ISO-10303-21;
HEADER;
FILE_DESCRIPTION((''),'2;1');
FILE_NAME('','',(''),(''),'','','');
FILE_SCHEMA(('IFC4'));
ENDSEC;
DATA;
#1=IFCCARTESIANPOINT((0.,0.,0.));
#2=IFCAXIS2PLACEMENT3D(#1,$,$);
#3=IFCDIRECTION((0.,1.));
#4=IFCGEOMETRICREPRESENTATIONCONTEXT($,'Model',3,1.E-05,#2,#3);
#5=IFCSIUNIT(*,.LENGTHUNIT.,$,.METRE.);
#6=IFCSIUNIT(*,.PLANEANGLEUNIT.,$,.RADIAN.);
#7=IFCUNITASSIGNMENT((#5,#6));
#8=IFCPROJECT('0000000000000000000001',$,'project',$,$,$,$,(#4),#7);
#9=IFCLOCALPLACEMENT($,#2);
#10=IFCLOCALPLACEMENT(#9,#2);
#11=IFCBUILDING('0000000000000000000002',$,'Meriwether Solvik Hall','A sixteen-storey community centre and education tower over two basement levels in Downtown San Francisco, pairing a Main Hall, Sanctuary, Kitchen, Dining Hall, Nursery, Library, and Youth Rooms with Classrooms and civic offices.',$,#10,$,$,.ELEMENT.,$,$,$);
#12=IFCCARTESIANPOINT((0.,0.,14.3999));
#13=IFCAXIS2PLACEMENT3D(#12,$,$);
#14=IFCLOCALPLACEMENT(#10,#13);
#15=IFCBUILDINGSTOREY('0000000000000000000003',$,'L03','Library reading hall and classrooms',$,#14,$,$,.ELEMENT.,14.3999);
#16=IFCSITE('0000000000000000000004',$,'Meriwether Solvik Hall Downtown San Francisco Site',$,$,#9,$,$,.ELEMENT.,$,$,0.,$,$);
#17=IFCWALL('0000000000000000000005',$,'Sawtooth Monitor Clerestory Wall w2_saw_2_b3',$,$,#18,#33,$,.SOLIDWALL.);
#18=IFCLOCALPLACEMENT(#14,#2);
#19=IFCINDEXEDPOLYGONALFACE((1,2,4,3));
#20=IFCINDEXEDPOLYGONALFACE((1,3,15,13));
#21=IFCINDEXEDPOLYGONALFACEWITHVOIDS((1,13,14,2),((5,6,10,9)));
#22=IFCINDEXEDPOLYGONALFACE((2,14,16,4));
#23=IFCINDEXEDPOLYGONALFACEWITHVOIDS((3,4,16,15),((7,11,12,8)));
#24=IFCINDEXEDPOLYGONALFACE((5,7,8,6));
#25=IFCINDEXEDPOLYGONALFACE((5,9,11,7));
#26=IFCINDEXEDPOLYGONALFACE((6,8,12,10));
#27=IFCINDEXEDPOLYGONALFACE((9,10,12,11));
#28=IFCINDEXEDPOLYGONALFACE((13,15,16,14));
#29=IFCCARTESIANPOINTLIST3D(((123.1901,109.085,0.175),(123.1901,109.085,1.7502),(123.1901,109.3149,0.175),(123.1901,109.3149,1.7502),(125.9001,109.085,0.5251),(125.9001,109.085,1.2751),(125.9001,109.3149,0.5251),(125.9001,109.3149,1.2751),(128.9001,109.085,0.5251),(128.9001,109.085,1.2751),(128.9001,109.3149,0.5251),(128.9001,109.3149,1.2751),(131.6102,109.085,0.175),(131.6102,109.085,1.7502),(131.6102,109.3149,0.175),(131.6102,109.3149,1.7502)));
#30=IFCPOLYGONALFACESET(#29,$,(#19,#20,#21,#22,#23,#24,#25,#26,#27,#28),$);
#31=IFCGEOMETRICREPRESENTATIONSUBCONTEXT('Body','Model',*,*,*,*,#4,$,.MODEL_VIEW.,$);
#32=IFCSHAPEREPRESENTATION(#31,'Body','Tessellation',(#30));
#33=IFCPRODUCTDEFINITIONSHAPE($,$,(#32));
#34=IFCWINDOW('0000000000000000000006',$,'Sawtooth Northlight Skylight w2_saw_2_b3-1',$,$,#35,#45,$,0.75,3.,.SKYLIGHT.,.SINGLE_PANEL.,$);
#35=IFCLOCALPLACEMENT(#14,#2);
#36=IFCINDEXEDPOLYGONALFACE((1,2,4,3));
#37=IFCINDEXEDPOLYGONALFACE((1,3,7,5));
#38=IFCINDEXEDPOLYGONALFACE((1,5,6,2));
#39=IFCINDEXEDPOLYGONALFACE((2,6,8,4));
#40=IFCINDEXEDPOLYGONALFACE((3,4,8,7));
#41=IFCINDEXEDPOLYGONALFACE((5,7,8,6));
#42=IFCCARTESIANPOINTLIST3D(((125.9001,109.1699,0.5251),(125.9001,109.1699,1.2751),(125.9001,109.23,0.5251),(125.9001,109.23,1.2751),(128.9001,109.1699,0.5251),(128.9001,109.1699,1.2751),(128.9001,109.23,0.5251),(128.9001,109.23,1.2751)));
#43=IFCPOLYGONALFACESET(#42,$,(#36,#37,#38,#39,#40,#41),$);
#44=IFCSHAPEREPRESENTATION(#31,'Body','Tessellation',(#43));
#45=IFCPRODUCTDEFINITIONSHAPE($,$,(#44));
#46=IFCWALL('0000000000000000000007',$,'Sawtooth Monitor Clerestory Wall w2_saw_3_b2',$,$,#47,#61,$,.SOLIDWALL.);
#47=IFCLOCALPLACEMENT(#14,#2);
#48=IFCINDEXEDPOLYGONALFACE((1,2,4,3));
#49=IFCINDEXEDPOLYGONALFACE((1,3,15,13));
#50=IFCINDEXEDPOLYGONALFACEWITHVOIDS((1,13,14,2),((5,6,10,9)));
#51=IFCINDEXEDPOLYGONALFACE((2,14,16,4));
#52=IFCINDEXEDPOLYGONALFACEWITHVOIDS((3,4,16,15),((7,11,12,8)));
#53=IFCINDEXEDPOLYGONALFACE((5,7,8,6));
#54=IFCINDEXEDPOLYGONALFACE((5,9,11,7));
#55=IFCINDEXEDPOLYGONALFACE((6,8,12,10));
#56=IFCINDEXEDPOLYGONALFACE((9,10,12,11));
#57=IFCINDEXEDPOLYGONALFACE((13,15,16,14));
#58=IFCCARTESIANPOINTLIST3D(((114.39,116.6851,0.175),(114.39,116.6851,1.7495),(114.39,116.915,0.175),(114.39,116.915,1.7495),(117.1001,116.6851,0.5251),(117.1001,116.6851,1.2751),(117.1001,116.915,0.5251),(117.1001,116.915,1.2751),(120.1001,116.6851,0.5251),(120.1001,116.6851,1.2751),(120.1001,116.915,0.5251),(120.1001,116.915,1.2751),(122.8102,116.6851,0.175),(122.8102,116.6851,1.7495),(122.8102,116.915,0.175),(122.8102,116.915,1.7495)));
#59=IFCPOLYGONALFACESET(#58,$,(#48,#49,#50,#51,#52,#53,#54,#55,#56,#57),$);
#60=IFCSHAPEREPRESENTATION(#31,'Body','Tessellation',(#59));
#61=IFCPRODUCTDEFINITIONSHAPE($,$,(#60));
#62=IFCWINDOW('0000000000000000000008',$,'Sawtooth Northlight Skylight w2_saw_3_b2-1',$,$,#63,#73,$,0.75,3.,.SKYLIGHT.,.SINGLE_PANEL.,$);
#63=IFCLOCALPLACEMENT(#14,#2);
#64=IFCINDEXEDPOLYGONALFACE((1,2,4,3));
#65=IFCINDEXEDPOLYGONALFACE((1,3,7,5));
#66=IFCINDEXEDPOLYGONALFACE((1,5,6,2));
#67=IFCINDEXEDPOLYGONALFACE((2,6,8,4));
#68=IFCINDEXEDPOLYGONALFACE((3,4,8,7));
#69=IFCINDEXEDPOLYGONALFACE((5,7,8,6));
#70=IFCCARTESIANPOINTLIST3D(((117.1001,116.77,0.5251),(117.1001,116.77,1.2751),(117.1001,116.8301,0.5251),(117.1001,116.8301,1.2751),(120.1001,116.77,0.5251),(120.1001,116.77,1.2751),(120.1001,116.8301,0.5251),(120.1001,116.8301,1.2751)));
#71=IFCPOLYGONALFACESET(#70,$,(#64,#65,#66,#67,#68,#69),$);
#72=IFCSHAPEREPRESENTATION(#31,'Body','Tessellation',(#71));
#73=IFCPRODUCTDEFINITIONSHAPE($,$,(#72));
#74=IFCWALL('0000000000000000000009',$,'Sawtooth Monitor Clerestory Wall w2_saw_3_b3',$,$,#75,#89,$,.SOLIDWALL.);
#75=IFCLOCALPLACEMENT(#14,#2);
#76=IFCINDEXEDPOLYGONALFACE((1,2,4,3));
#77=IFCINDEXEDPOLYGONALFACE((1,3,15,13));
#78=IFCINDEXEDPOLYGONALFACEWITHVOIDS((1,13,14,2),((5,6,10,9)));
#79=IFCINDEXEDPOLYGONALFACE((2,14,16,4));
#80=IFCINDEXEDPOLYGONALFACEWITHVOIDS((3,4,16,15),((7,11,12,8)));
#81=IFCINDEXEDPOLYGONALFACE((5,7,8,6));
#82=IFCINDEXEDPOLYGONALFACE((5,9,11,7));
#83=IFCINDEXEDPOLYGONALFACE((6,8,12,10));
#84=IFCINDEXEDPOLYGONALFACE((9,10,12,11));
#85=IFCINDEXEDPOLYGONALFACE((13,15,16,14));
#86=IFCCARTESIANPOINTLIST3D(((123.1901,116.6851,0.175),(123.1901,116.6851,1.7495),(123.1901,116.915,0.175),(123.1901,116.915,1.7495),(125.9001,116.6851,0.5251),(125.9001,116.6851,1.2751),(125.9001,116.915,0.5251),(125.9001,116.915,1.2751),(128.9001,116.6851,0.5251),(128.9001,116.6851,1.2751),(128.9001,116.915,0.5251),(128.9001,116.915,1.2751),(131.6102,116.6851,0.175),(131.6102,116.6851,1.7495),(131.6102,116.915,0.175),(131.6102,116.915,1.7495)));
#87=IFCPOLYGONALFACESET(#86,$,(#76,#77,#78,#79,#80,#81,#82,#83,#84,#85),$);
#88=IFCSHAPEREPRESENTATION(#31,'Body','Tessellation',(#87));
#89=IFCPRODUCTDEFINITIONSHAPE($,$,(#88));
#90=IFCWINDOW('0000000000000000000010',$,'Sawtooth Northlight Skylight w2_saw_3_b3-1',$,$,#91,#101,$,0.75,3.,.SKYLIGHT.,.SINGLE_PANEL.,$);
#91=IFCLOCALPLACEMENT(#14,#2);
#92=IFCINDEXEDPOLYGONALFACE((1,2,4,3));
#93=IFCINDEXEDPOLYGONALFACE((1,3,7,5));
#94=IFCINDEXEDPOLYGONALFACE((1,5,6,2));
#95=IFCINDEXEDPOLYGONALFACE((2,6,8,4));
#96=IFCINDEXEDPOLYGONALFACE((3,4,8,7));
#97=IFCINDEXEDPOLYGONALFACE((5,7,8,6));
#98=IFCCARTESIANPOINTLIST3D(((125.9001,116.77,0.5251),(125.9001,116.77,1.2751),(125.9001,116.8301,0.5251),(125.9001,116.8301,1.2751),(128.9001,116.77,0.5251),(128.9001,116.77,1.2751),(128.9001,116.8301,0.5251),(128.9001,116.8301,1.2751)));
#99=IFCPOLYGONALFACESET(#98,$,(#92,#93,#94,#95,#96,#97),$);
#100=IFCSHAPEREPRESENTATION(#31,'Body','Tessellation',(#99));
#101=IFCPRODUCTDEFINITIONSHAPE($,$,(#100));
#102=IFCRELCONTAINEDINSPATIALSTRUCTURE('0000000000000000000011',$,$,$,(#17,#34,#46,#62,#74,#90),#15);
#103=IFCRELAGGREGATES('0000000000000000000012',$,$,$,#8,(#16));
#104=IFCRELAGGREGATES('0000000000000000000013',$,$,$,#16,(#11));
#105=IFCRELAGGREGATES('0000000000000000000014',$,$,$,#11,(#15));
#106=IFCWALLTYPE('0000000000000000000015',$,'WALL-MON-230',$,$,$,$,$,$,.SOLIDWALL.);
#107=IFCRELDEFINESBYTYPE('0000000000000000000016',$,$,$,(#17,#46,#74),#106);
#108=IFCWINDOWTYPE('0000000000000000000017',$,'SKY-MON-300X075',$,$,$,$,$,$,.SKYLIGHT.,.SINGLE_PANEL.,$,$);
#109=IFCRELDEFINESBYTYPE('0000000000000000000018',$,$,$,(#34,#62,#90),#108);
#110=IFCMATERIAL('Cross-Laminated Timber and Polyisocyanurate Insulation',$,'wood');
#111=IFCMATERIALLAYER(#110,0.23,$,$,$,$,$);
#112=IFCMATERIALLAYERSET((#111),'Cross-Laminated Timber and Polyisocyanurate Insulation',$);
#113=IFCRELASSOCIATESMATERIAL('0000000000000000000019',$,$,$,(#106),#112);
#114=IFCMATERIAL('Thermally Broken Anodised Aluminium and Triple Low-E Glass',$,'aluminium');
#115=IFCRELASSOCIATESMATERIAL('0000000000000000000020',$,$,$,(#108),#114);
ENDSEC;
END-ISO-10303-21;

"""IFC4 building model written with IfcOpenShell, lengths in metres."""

from ifc_helpers import new_model, si_unit, direction, frame, frame_2d, origin, place, context, subcontext, project, spatial, rectangle, extrude, material, layer, layer_set, type_object, element, fill, save


model = new_model("IFC4")

# Units and contexts
model_context = context("Model", 3, precision=1e-05, world=origin(), true_north=direction((0.0, 1.0)))
body_context = subcontext(model_context, "Body", "Model", "MODEL_VIEW")
ifc_project = project(units=[si_unit("LENGTHUNIT", "METRE"), si_unit("PLANEANGLEUNIT", "RADIAN")], contexts=[model_context])

# Site, building, storey
site_placement = place(None, origin())
site = spatial("IfcSite", under=ifc_project, at=site_placement, Name="Meriwether Solvik Hall Downtown San Francisco Site", CompositionType="ELEMENT", RefElevation=0.0)
building_placement = place(site_placement, origin())
building = spatial("IfcBuilding", under=site, at=building_placement, Name="Meriwether Solvik Hall", Description="A sixteen-storey community centre and education tower over two basement levels in Downtown San Francisco, pairing a Main Hall, Sanctuary, Kitchen, Dining Hall, Nursery, Library, and Youth Rooms with Classrooms and civic offices.", CompositionType="ELEMENT")
storey_placement = place(building_placement, frame((0.0, 0.0, 14.3999)))
storey = spatial("IfcBuildingStorey", under=building, at=storey_placement, Name="L03", Description="Library reading hall and classrooms", CompositionType="ELEMENT", Elevation=14.3999)

# Walls, openings, windows
ifc_material_1 = material(Name="Cross-Laminated Timber and Polyisocyanurate Insulation", Category="wood")
ifc_layer = layer(ifc_material_1, 0.23)
ifc_layer_set = layer_set([ifc_layer], Name="Cross-Laminated Timber and Polyisocyanurate Insulation")
wall_type = type_object("IfcWallType", Name="WALL-MON-230", PredefinedType="SOLIDWALL", material=ifc_layer_set)
wall_1_placement = place(storey_placement, frame((131.6101, 109.2, 0.175), z_axis=(0.0, 0.0, 1.0), x_axis=(-1.0, 0.0, 0.0)))
wall_1 = element("IfcWall", 1, at=wall_1_placement, inside=storey, type_object=wall_type, Name="Sawtooth Monitor Clerestory Wall w2_saw_2_b3", PredefinedType="SOLIDWALL", context=body_context, shape_type="SweptSolid", body=[
    extrude(rectangle(XDim=8.4202, YDim=0.23, at=frame_2d((4.21, 0.0))), origin(), (0.0, 0.0, 1.0), 1.5752),
])
opening_1_placement = place(wall_1_placement, frame((2.71, 0.0, 0.3501)))
opening_1 = element("IfcOpeningElement", 2, at=opening_1_placement, cuts=wall_1, PredefinedType="OPENING", context=body_context, shape_type="SweptSolid", body=[
    extrude(rectangle(XDim=3.0, YDim=0.75, at=frame_2d((1.5, 0.375))), frame((0.0, 0.127, 0.0), z_axis=(0.0, -1.0, 0.0), x_axis=(1.0, 0.0, 0.0)), (0.0, 0.0, 1.0), 0.2539),
])
ifc_material_2 = material(Name="Thermally Broken Anodised Aluminium and Triple Low-E Glass", Category="aluminium")
window_type = type_object("IfcWindowType", Name="SKY-MON-300X075", PartitioningType="SINGLE_PANEL", PredefinedType="SKYLIGHT", material=ifc_material_2)
window_1_placement = place(opening_1_placement, origin())
window_1 = element("IfcWindow", 3, at=window_1_placement, inside=storey, type_object=window_type, Name="Sawtooth Northlight Skylight w2_saw_2_b3-1", OverallHeight=0.75, OverallWidth=3.0, PartitioningType="SINGLE_PANEL", PredefinedType="SKYLIGHT", context=body_context, shape_type="SweptSolid", body=[
    extrude(rectangle(XDim=3.0, YDim=0.75, at=frame_2d((1.5, 0.375))), frame((0.0, 0.03, 0.0), z_axis=(0.0, -1.0, 0.0), x_axis=(1.0, 0.0, 0.0)), (0.0, 0.0, 1.0), 0.0601),
])
fill(opening_1, window_1)
wall_2_placement = place(storey_placement, frame((122.8101, 116.8, 0.175), z_axis=(0.0, 0.0, 1.0), x_axis=(-1.0, 0.0, 0.0)))
wall_2 = element("IfcWall", 4, at=wall_2_placement, inside=storey, type_object=wall_type, Name="Sawtooth Monitor Clerestory Wall w2_saw_3_b2", PredefinedType="SOLIDWALL", context=body_context, shape_type="SweptSolid", body=[
    extrude(rectangle(XDim=8.4202, YDim=0.23, at=frame_2d((4.21, 0.0))), origin(), (0.0, 0.0, 1.0), 1.5745),
])
opening_2_placement = place(wall_2_placement, frame((2.71, 0.0, 0.3501)))
opening_2 = element("IfcOpeningElement", 5, at=opening_2_placement, cuts=wall_2, PredefinedType="OPENING", context=body_context, shape_type="SweptSolid", body=[
    extrude(rectangle(XDim=3.0, YDim=0.75, at=frame_2d((1.5, 0.375))), frame((0.0, 0.127, 0.0), z_axis=(0.0, -1.0, 0.0), x_axis=(1.0, 0.0, 0.0)), (0.0, 0.0, 1.0), 0.2539),
])
window_2_placement = place(opening_2_placement, origin())
window_2 = element("IfcWindow", 6, at=window_2_placement, inside=storey, type_object=window_type, Name="Sawtooth Northlight Skylight w2_saw_3_b2-1", OverallHeight=0.75, OverallWidth=3.0, PartitioningType="SINGLE_PANEL", PredefinedType="SKYLIGHT", context=body_context, shape_type="SweptSolid", body=[
    extrude(rectangle(XDim=3.0, YDim=0.75, at=frame_2d((1.5, 0.375))), frame((0.0, 0.03, 0.0), z_axis=(0.0, -1.0, 0.0), x_axis=(1.0, 0.0, 0.0)), (0.0, 0.0, 1.0), 0.0601),
])
fill(opening_2, window_2)
wall_3_placement = place(storey_placement, frame((131.6101, 116.8, 0.175), z_axis=(0.0, 0.0, 1.0), x_axis=(-1.0, 0.0, 0.0)))
wall_3 = element("IfcWall", 7, at=wall_3_placement, inside=storey, type_object=wall_type, Name="Sawtooth Monitor Clerestory Wall w2_saw_3_b3", PredefinedType="SOLIDWALL", context=body_context, shape_type="SweptSolid", body=[
    extrude(rectangle(XDim=8.4202, YDim=0.23, at=frame_2d((4.21, 0.0))), origin(), (0.0, 0.0, 1.0), 1.5745),
])
opening_3_placement = place(wall_3_placement, frame((2.71, 0.0, 0.3501)))
opening_3 = element("IfcOpeningElement", 8, at=opening_3_placement, cuts=wall_3, PredefinedType="OPENING", context=body_context, shape_type="SweptSolid", body=[
    extrude(rectangle(XDim=3.0, YDim=0.75, at=frame_2d((1.5, 0.375))), frame((0.0, 0.127, 0.0), z_axis=(0.0, -1.0, 0.0), x_axis=(1.0, 0.0, 0.0)), (0.0, 0.0, 1.0), 0.2539),
])
window_3_placement = place(opening_3_placement, origin())
window_3 = element("IfcWindow", 9, at=window_3_placement, inside=storey, type_object=window_type, Name="Sawtooth Northlight Skylight w2_saw_3_b3-1", OverallHeight=0.75, OverallWidth=3.0, PartitioningType="SINGLE_PANEL", PredefinedType="SKYLIGHT", context=body_context, shape_type="SweptSolid", body=[
    extrude(rectangle(XDim=3.0, YDim=0.75, at=frame_2d((1.5, 0.375))), frame((0.0, 0.03, 0.0), z_axis=(0.0, -1.0, 0.0), x_axis=(1.0, 0.0, 0.0)), (0.0, 0.0, 1.0), 0.0601),
])
fill(opening_3, window_3)

save(model, "model.ifc")
